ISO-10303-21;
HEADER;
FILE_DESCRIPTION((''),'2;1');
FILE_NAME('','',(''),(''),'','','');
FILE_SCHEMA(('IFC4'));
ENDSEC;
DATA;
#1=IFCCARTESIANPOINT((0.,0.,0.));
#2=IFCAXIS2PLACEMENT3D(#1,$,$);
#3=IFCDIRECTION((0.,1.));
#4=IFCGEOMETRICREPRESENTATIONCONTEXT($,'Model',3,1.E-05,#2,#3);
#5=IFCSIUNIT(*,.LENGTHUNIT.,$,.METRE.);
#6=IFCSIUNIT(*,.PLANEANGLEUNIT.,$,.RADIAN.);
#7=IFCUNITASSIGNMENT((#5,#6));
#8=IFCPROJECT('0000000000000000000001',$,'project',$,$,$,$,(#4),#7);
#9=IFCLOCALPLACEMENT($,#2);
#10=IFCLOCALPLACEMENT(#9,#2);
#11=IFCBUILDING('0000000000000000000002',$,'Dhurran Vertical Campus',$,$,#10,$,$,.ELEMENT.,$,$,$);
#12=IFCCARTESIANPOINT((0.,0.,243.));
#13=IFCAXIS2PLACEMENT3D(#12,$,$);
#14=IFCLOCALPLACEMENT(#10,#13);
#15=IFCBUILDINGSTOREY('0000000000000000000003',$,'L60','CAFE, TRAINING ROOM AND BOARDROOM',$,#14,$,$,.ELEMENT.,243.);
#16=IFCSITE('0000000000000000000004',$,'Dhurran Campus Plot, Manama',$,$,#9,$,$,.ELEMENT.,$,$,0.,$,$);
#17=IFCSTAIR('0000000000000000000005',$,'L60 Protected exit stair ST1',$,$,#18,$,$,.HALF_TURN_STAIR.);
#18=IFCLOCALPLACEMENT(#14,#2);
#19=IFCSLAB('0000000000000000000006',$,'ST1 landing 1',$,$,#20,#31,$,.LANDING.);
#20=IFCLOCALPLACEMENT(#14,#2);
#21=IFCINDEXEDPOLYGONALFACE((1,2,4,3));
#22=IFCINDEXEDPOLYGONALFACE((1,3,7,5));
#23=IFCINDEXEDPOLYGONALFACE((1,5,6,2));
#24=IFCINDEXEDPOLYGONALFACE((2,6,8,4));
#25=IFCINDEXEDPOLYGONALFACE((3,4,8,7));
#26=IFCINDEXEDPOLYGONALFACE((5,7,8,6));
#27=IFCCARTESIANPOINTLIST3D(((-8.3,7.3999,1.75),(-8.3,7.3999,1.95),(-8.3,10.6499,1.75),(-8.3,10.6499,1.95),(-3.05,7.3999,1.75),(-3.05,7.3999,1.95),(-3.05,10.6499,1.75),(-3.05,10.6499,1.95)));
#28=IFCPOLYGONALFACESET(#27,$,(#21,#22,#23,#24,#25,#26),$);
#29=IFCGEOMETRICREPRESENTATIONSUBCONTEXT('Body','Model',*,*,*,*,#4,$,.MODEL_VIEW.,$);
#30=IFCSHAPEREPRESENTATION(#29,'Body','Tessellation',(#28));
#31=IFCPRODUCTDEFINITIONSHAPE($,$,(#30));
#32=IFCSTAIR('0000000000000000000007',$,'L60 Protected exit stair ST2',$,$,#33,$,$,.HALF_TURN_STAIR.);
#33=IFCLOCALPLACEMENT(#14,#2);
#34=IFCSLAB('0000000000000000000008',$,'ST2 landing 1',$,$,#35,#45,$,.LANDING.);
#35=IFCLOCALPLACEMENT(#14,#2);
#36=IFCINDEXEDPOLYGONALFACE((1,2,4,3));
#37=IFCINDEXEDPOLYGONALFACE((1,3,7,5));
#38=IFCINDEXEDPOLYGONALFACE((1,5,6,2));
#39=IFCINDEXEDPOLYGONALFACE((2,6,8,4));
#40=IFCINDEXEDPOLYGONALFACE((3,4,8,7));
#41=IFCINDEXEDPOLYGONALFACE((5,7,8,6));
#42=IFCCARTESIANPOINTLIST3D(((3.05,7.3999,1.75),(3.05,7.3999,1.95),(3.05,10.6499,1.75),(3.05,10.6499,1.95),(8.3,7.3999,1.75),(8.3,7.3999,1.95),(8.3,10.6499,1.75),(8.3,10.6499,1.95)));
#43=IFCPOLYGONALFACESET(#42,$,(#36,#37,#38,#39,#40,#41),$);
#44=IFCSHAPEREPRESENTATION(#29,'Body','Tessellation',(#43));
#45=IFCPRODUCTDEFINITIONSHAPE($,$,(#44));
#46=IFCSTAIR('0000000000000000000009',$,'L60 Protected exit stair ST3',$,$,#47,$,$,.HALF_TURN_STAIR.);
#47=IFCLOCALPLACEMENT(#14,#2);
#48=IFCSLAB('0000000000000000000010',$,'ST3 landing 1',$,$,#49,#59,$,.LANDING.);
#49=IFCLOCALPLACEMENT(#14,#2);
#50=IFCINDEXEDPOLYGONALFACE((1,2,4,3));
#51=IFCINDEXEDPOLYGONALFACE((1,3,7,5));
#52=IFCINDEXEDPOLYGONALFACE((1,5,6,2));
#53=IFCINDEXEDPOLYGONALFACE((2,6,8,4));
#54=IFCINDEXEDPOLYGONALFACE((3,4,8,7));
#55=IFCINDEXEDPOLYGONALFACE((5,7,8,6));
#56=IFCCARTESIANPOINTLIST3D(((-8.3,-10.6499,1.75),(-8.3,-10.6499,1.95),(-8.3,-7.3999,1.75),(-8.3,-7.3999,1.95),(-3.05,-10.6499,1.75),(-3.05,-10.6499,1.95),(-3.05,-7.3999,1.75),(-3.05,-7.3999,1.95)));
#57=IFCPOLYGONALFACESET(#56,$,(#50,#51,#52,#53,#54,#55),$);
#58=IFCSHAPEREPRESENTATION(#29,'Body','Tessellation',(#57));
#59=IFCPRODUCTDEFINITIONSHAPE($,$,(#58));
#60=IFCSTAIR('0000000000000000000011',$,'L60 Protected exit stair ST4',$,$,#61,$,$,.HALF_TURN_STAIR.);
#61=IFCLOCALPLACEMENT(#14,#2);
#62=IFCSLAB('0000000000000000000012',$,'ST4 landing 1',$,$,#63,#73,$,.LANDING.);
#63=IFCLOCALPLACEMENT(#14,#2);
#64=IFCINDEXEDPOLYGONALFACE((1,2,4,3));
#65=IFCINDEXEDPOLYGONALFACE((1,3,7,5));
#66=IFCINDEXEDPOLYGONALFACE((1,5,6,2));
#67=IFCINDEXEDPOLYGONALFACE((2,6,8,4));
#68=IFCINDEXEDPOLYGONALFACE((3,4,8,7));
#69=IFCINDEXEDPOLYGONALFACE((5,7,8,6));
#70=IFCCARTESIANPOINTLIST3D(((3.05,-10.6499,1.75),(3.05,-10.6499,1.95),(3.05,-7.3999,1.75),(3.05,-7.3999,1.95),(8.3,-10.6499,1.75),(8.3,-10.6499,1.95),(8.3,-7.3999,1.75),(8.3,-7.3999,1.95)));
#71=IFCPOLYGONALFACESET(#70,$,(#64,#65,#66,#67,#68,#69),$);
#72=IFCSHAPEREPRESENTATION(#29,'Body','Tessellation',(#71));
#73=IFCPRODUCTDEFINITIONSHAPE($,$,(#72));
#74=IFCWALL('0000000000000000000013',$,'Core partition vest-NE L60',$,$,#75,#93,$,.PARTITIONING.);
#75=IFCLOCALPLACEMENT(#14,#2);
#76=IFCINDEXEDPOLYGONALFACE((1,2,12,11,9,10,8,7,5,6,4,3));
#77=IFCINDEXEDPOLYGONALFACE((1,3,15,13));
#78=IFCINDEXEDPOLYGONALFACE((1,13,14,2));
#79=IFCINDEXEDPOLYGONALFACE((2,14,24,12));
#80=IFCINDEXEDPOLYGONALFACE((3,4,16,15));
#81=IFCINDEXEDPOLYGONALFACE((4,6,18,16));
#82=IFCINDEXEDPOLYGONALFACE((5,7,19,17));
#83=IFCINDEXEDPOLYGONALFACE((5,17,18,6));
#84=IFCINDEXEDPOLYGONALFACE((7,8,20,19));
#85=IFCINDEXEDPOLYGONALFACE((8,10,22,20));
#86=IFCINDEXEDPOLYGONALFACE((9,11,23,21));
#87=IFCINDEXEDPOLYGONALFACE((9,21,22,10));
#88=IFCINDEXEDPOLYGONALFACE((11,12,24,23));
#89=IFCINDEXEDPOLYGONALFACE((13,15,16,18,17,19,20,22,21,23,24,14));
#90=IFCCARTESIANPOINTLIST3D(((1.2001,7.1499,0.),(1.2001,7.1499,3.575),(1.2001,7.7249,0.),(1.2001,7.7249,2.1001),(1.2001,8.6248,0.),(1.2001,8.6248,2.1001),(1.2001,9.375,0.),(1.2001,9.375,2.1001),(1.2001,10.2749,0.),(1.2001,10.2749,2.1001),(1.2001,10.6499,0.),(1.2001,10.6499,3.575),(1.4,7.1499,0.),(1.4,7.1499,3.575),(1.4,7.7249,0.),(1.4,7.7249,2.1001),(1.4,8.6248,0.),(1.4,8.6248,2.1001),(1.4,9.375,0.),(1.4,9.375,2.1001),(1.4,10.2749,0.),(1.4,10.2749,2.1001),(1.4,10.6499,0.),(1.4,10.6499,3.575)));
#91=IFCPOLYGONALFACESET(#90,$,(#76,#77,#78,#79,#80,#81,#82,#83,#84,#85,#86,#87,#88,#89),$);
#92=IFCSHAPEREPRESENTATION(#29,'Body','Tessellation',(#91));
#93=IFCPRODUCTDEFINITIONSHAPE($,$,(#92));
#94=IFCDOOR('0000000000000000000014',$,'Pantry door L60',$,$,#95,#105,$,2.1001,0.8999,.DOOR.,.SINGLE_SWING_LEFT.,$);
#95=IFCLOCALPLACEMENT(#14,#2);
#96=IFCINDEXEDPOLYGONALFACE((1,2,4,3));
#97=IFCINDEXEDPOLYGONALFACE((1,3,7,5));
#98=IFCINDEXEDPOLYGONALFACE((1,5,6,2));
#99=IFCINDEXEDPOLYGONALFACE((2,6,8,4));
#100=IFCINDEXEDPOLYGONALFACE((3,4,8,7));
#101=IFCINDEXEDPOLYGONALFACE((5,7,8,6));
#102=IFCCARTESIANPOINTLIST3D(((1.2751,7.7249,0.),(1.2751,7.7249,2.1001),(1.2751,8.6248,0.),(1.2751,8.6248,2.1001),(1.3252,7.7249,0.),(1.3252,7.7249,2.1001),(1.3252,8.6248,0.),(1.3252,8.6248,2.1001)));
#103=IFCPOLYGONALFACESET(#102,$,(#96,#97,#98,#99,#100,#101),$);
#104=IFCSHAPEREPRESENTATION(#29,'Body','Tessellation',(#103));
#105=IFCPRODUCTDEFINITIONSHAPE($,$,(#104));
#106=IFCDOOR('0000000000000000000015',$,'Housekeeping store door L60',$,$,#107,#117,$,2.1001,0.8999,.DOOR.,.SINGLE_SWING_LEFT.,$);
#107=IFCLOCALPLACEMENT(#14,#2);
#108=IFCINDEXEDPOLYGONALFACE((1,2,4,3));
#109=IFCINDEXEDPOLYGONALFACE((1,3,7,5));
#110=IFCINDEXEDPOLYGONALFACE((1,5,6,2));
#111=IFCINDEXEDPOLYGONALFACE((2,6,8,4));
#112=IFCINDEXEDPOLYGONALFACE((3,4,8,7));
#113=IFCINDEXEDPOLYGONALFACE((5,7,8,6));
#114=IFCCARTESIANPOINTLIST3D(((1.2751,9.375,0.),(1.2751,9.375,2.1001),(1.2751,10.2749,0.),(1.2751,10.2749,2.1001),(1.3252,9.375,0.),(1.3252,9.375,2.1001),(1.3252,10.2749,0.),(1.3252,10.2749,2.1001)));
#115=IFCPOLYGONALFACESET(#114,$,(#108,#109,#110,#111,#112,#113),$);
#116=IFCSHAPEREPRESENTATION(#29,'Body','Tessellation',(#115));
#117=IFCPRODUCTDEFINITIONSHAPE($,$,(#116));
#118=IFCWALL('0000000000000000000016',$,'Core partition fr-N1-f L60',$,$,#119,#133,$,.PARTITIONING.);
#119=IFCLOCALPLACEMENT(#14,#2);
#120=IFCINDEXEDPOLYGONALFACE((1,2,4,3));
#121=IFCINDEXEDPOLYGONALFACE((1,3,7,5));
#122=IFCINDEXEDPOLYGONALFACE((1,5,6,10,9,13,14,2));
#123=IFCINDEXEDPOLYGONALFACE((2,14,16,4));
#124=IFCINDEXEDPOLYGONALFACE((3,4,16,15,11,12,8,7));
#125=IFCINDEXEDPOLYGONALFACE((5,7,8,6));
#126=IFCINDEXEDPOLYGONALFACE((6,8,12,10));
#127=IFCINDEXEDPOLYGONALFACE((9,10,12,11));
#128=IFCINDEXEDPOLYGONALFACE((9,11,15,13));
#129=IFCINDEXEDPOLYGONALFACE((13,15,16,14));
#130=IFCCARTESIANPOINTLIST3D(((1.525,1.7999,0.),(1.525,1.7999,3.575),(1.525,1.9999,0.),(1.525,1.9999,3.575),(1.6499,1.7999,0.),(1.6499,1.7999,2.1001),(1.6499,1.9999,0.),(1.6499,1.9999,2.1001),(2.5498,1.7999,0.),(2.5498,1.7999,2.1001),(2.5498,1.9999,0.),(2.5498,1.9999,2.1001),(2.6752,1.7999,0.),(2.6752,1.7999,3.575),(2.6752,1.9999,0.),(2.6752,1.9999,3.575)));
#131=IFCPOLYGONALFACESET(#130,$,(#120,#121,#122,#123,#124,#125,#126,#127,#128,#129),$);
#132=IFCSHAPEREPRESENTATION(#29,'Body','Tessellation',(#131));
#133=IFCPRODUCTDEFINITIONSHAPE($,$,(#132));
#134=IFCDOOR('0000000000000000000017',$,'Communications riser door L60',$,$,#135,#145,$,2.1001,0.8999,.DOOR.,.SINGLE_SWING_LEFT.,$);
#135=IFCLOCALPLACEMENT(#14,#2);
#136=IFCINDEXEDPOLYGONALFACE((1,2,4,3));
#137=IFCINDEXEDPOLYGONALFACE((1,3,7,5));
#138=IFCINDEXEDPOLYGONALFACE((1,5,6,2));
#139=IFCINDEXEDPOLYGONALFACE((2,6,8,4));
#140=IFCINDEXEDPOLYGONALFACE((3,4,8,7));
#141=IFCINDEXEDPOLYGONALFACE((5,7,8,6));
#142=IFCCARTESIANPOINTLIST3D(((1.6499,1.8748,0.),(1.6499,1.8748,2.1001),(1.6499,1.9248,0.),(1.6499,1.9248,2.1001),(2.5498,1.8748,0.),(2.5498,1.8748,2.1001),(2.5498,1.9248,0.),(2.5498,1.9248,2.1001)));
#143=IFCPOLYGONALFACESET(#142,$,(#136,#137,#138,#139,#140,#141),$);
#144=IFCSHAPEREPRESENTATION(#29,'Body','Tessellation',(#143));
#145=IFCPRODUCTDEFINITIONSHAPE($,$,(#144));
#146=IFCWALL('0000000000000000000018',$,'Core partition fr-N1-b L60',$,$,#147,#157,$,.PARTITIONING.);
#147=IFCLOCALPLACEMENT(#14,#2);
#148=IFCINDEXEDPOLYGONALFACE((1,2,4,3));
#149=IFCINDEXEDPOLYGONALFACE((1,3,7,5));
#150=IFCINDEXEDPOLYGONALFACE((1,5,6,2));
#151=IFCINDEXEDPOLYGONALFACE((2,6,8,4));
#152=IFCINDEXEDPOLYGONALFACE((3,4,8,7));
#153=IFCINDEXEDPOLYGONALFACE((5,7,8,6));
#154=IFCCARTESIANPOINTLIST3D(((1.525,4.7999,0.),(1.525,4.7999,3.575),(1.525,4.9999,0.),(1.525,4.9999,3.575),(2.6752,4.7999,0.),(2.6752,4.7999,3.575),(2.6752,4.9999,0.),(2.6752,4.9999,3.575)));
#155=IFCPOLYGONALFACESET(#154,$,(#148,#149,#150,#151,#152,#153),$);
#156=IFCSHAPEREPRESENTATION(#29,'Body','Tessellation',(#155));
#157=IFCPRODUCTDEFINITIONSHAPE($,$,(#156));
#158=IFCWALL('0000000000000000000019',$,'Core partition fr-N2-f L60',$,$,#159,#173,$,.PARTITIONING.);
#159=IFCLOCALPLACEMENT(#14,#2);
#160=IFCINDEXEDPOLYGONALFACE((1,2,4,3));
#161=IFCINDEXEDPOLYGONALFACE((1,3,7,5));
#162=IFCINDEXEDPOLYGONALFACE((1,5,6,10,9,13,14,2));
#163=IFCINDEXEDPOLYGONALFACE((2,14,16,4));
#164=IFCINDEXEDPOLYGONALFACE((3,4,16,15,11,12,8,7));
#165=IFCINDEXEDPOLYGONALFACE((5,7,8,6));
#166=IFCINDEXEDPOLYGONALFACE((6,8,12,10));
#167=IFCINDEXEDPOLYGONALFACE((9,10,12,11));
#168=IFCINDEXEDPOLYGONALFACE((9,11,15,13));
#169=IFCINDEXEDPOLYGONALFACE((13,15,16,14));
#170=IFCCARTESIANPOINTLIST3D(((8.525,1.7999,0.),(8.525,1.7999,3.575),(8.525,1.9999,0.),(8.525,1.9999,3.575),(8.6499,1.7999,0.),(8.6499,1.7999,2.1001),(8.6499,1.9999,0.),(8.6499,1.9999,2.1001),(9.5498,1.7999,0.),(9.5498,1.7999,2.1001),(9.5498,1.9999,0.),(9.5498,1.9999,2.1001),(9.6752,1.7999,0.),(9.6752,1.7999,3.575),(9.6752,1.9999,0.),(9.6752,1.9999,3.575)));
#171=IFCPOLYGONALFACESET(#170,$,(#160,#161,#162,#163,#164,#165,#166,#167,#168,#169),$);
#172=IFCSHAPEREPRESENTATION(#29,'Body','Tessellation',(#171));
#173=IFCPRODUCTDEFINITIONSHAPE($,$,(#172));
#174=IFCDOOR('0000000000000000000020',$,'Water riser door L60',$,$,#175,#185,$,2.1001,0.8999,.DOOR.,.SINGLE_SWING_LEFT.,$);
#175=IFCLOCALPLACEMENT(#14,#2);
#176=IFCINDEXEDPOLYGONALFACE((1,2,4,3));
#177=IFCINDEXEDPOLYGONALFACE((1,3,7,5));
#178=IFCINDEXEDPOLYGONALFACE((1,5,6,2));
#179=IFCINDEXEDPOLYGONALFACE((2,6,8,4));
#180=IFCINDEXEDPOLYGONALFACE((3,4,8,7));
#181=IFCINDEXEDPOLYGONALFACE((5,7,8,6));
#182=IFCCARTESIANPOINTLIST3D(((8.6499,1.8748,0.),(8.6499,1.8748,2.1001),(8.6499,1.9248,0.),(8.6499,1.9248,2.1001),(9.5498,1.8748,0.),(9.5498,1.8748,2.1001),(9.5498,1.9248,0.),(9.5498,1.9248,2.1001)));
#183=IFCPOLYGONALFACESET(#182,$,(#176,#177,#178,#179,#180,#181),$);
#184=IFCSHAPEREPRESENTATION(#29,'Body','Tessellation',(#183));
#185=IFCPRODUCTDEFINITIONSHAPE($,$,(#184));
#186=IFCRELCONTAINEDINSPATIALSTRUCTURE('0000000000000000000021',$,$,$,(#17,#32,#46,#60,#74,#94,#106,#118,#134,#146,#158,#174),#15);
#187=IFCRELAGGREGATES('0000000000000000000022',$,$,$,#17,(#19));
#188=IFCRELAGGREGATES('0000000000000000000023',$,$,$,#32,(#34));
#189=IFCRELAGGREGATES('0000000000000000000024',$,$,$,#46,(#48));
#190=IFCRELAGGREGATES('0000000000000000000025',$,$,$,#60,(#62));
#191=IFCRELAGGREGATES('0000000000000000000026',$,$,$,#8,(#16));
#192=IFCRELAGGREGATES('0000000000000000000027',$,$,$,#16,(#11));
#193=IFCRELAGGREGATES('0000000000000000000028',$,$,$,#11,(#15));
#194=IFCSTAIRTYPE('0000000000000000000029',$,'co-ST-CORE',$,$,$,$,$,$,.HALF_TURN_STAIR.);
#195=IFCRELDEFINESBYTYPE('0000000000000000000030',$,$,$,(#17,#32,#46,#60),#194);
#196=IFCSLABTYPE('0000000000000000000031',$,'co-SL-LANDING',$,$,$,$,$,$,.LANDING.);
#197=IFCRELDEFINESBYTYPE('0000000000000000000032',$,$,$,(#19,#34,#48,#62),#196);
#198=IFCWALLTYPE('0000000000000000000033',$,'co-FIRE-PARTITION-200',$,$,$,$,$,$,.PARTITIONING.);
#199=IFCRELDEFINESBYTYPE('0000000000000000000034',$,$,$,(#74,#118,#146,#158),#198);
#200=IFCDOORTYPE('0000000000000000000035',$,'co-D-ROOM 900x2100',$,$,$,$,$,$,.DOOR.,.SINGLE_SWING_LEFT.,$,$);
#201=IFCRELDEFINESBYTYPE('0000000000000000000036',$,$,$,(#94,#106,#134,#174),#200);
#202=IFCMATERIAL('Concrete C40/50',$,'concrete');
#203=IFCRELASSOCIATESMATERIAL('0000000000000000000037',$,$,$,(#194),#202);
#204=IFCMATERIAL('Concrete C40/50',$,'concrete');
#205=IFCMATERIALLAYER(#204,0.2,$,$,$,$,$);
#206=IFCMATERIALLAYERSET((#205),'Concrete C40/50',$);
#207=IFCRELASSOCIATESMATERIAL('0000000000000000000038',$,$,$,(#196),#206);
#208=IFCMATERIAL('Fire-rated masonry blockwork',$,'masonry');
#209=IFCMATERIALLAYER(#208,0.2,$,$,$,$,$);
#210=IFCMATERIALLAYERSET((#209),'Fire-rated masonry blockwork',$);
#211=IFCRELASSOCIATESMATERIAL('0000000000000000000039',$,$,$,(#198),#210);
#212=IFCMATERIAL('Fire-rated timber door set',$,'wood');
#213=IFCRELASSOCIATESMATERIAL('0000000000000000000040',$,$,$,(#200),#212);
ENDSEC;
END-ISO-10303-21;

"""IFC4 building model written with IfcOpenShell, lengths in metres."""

from ifc_helpers import new_model, si_unit, direction, frame, frame_2d, origin, place, context, subcontext, project, spatial, polyline, rectangle, outline, extrude, material, layer, layer_set, type_object, element, fill, aggregate, save


model = new_model("IFC4")

# Units and contexts
model_context = context("Model", 3, precision=1e-05, world=origin(), true_north=direction((0.0, 1.0)))
body_context = subcontext(model_context, "Body", "Model", "MODEL_VIEW")
ifc_project = project(units=[si_unit("LENGTHUNIT", "METRE"), si_unit("PLANEANGLEUNIT", "RADIAN")], contexts=[model_context])

# Site, building, storey
site_placement = place(None, origin())
site = spatial("IfcSite", under=ifc_project, at=site_placement, Name="Dhurran Campus Plot, Manama", CompositionType="ELEMENT", RefElevation=0.0)
building_placement = place(site_placement, origin())
building = spatial("IfcBuilding", under=site, at=building_placement, Name="Dhurran Vertical Campus", CompositionType="ELEMENT")
storey_placement = place(building_placement, frame((0.0, 0.0, 243.0)))
storey = spatial("IfcBuildingStorey", under=building, at=storey_placement, Name="L60", Description="CAFE, TRAINING ROOM AND BOARDROOM", CompositionType="ELEMENT", Elevation=243.0)

# Stairs, slabs
ifc_material_1 = material(Name="Concrete C40/50", Category="concrete")
stair_type = type_object("IfcStairType", Name="co-ST-CORE", PredefinedType="HALF_TURN_STAIR", material=ifc_material_1)
stair_1_placement = place(storey_placement, origin())
stair_1 = element("IfcStair", 1, at=stair_1_placement, inside=storey, type_object=stair_type, Name="L60 Protected exit stair ST1", PredefinedType="HALF_TURN_STAIR")
ifc_material_2 = material(Name="Concrete C40/50", Category="concrete")
ifc_layer_1 = layer(ifc_material_2, 0.2)
ifc_layer_set_1 = layer_set([ifc_layer_1], Name="Concrete C40/50")
slab_type = type_object("IfcSlabType", Name="co-SL-LANDING", PredefinedType="LANDING", material=ifc_layer_set_1)
slab_1_placement = place(storey_placement, frame((0.0, 0.0, 1.75)))
slab_1 = element("IfcSlab", 2, at=slab_1_placement, type_object=slab_type, Name="ST1 landing 1", PredefinedType="LANDING", context=body_context, shape_type="SweptSolid", body=[
    extrude(outline(polyline([(-8.3, 7.3999), (-3.05, 7.3999), (-3.05, 10.6499), (-8.3, 10.6499), (-8.3, 7.3999)])), origin(), (0.0, 0.0, 1.0), 0.2),
])
aggregate(stair_1, [slab_1])
stair_2_placement = place(storey_placement, origin())
stair_2 = element("IfcStair", 3, at=stair_2_placement, inside=storey, type_object=stair_type, Name="L60 Protected exit stair ST2", PredefinedType="HALF_TURN_STAIR")
slab_2_placement = place(storey_placement, frame((0.0, 0.0, 1.75)))
slab_2 = element("IfcSlab", 4, at=slab_2_placement, type_object=slab_type, Name="ST2 landing 1", PredefinedType="LANDING", context=body_context, shape_type="SweptSolid", body=[
    extrude(outline(polyline([(8.3, 10.6499), (3.05, 10.6499), (3.05, 7.3999), (8.3, 7.3999), (8.3, 10.6499)])), origin(), (0.0, 0.0, 1.0), 0.2),
])
aggregate(stair_2, [slab_2])
stair_3_placement = place(storey_placement, origin())
stair_3 = element("IfcStair", 5, at=stair_3_placement, inside=storey, type_object=stair_type, Name="L60 Protected exit stair ST3", PredefinedType="HALF_TURN_STAIR")
slab_3_placement = place(storey_placement, frame((0.0, 0.0, 1.75)))
slab_3 = element("IfcSlab", 6, at=slab_3_placement, type_object=slab_type, Name="ST3 landing 1", PredefinedType="LANDING", context=body_context, shape_type="SweptSolid", body=[
    extrude(outline(polyline([(-8.3, -10.6499), (-3.05, -10.6499), (-3.05, -7.3999), (-8.3, -7.3999), (-8.3, -10.6499)])), origin(), (0.0, 0.0, 1.0), 0.2),
])
aggregate(stair_3, [slab_3])
stair_4_placement = place(storey_placement, origin())
stair_4 = element("IfcStair", 7, at=stair_4_placement, inside=storey, type_object=stair_type, Name="L60 Protected exit stair ST4", PredefinedType="HALF_TURN_STAIR")
slab_4_placement = place(storey_placement, frame((0.0, 0.0, 1.75)))
slab_4 = element("IfcSlab", 8, at=slab_4_placement, type_object=slab_type, Name="ST4 landing 1", PredefinedType="LANDING", context=body_context, shape_type="SweptSolid", body=[
    extrude(outline(polyline([(8.3, -7.3999), (3.05, -7.3999), (3.05, -10.6499), (8.3, -10.6499), (8.3, -7.3999)])), origin(), (0.0, 0.0, 1.0), 0.2),
])
aggregate(stair_4, [slab_4])

# Wall, openings, doors
ifc_material_3 = material(Name="Fire-rated masonry blockwork", Category="masonry")
ifc_layer_2 = layer(ifc_material_3, 0.2)
ifc_layer_set_2 = layer_set([ifc_layer_2], Name="Fire-rated masonry blockwork")
wall_type_1 = type_object("IfcWallType", Name="co-FIRE-PARTITION-200", PredefinedType="PARTITIONING", material=ifc_layer_set_2)
wall_1_placement = place(storey_placement, frame((1.3, 7.1499, 0.0), z_axis=(0.0, 0.0, 1.0), x_axis=(0.0, 1.0, 0.0)))
wall_1 = element("IfcWall", 9, at=wall_1_placement, inside=storey, type_object=wall_type_1, Name="Core partition vest-NE L60", PredefinedType="PARTITIONING", context=body_context, shape_type="SweptSolid", body=[
    extrude(rectangle(XDim=3.5, YDim=0.2, at=frame_2d((1.75, 0.0))), origin(), (0.0, 0.0, 1.0), 3.575),
])
opening_1_placement = place(wall_1_placement, frame((0.575, 0.0, 0.0)))
opening_1 = element("IfcOpeningElement", 10, at=opening_1_placement, cuts=wall_1, PredefinedType="OPENING", context=body_context, shape_type="SweptSolid", body=[
    extrude(rectangle(XDim=0.8999, YDim=2.1001, at=frame_2d((0.45, 1.05))), frame((0.0, 0.1099, 0.0), z_axis=(0.0, -1.0, 0.0), x_axis=(1.0, 0.0, 0.0)), (0.0, 0.0, 1.0), 0.22),
])
opening_2_placement = place(wall_1_placement, frame((2.2251, 0.0, 0.0)))
opening_2 = element("IfcOpeningElement", 11, at=opening_2_placement, cuts=wall_1, PredefinedType="OPENING", context=body_context, shape_type="SweptSolid", body=[
    extrude(rectangle(XDim=0.8999, YDim=2.1001, at=frame_2d((0.45, 1.05))), frame((0.0, 0.1099, 0.0), z_axis=(0.0, -1.0, 0.0), x_axis=(1.0, 0.0, 0.0)), (0.0, 0.0, 1.0), 0.22),
])
ifc_material_4 = material(Name="Fire-rated timber door set", Category="wood")
door_type_1 = type_object("IfcDoorType", Name="co-D-ROOM 900x2100", OperationType="SINGLE_SWING_LEFT", PredefinedType="DOOR", material=ifc_material_4)
door_1_placement = place(opening_1_placement, origin())
door_1 = element("IfcDoor", 12, at=door_1_placement, inside=storey, type_object=door_type_1, Name="Pantry door L60", OperationType="SINGLE_SWING_LEFT", OverallHeight=2.1001, OverallWidth=0.8999, PredefinedType="DOOR", context=body_context, shape_type="SweptSolid", body=[
    extrude(rectangle(XDim=0.8999, YDim=2.1001, at=frame_2d((0.45, 1.05))), frame((0.0, 0.0249, 0.0), z_axis=(0.0, -1.0, 0.0), x_axis=(1.0, 0.0, 0.0)), (0.0, 0.0, 1.0), 0.05),
])
fill(opening_1, door_1)
door_2_placement = place(opening_2_placement, origin())
door_2 = element("IfcDoor", 13, at=door_2_placement, inside=storey, type_object=door_type_1, Name="Housekeeping store door L60", OperationType="SINGLE_SWING_LEFT", OverallHeight=2.1001, OverallWidth=0.8999, PredefinedType="DOOR", context=body_context, shape_type="SweptSolid", body=[
    extrude(rectangle(XDim=0.8999, YDim=2.1001, at=frame_2d((0.45, 1.05))), frame((0.0, 0.0249, 0.0), z_axis=(0.0, -1.0, 0.0), x_axis=(1.0, 0.0, 0.0)), (0.0, 0.0, 1.0), 0.05),
])
fill(opening_2, door_2)

# Wall, opening, door
wall_2_placement = place(storey_placement, frame((1.5249, 1.8999, 0.0), z_axis=(0.0, 0.0, 1.0), x_axis=(1.0, 0.0, 0.0)))
wall_2 = element("IfcWall", 14, at=wall_2_placement, inside=storey, type_object=wall_type_1, Name="Core partition fr-N1-f L60", PredefinedType="PARTITIONING", context=body_context, shape_type="SweptSolid", body=[
    extrude(rectangle(XDim=1.1501, YDim=0.2, at=frame_2d((0.5752, 0.0))), origin(), (0.0, 0.0, 1.0), 3.575),
])
opening_3_placement = place(wall_2_placement, frame((0.125, 0.0, 0.0)))
opening_3 = element("IfcOpeningElement", 15, at=opening_3_placement, cuts=wall_2, PredefinedType="OPENING", context=body_context, shape_type="SweptSolid", body=[
    extrude(rectangle(XDim=0.8999, YDim=2.1001, at=frame_2d((0.45, 1.05))), frame((0.0, 0.1099, 0.0), z_axis=(0.0, -1.0, 0.0), x_axis=(1.0, 0.0, 0.0)), (0.0, 0.0, 1.0), 0.22),
])
door_3_placement = place(opening_3_placement, origin())
door_3 = element("IfcDoor", 16, at=door_3_placement, inside=storey, type_object=door_type_1, Name="Communications riser door L60", OperationType="SINGLE_SWING_LEFT", OverallHeight=2.1001, OverallWidth=0.8999, PredefinedType="DOOR", context=body_context, shape_type="SweptSolid", body=[
    extrude(rectangle(XDim=0.8999, YDim=2.1001, at=frame_2d((0.45, 1.05))), frame((0.0, 0.0249, 0.0), z_axis=(0.0, -1.0, 0.0), x_axis=(1.0, 0.0, 0.0)), (0.0, 0.0, 1.0), 0.05),
])
fill(opening_3, door_3)

# Wall
wall_3_placement = place(storey_placement, frame((1.5249, 4.8999, 0.0), z_axis=(0.0, 0.0, 1.0), x_axis=(1.0, 0.0, 0.0)))
element("IfcWall", 17, at=wall_3_placement, inside=storey, type_object=wall_type_1, Name="Core partition fr-N1-b L60", PredefinedType="PARTITIONING", context=body_context, shape_type="SweptSolid", body=[
    extrude(rectangle(XDim=1.1501, YDim=0.2, at=frame_2d((0.5752, 0.0))), origin(), (0.0, 0.0, 1.0), 3.575),
])

# Wall, opening, door
wall_4_placement = place(storey_placement, frame((8.5249, 1.8999, 0.0), z_axis=(0.0, 0.0, 1.0), x_axis=(1.0, 0.0, 0.0)))
wall_4 = element("IfcWall", 18, at=wall_4_placement, inside=storey, type_object=wall_type_1, Name="Core partition fr-N2-f L60", PredefinedType="PARTITIONING", context=body_context, shape_type="SweptSolid", body=[
    extrude(rectangle(XDim=1.1501, YDim=0.2, at=frame_2d((0.5752, 0.0))), origin(), (0.0, 0.0, 1.0), 3.575),
])
opening_4_placement = place(wall_4_placement, frame((0.125, 0.0, 0.0)))
opening_4 = element("IfcOpeningElement", 19, at=opening_4_placement, cuts=wall_4, PredefinedType="OPENING", context=body_context, shape_type="SweptSolid", body=[
    extrude(rectangle(XDim=0.8999, YDim=2.1001, at=frame_2d((0.45, 1.05))), frame((0.0, 0.1099, 0.0), z_axis=(0.0, -1.0, 0.0), x_axis=(1.0, 0.0, 0.0)), (0.0, 0.0, 1.0), 0.22),
])
door_4_placement = place(opening_4_placement, origin())
door_4 = element("IfcDoor", 20, at=door_4_placement, inside=storey, type_object=door_type_1, Name="Water riser door L60", OperationType="SINGLE_SWING_LEFT", OverallHeight=2.1001, OverallWidth=0.8999, PredefinedType="DOOR", context=body_context, shape_type="SweptSolid", body=[
    extrude(rectangle(XDim=0.8999, YDim=2.1001, at=frame_2d((0.45, 1.05))), frame((0.0, 0.0249, 0.0), z_axis=(0.0, -1.0, 0.0), x_axis=(1.0, 0.0, 0.0)), (0.0, 0.0, 1.0), 0.05),
])
fill(opening_4, door_4)

save(model, "model.ifc")
